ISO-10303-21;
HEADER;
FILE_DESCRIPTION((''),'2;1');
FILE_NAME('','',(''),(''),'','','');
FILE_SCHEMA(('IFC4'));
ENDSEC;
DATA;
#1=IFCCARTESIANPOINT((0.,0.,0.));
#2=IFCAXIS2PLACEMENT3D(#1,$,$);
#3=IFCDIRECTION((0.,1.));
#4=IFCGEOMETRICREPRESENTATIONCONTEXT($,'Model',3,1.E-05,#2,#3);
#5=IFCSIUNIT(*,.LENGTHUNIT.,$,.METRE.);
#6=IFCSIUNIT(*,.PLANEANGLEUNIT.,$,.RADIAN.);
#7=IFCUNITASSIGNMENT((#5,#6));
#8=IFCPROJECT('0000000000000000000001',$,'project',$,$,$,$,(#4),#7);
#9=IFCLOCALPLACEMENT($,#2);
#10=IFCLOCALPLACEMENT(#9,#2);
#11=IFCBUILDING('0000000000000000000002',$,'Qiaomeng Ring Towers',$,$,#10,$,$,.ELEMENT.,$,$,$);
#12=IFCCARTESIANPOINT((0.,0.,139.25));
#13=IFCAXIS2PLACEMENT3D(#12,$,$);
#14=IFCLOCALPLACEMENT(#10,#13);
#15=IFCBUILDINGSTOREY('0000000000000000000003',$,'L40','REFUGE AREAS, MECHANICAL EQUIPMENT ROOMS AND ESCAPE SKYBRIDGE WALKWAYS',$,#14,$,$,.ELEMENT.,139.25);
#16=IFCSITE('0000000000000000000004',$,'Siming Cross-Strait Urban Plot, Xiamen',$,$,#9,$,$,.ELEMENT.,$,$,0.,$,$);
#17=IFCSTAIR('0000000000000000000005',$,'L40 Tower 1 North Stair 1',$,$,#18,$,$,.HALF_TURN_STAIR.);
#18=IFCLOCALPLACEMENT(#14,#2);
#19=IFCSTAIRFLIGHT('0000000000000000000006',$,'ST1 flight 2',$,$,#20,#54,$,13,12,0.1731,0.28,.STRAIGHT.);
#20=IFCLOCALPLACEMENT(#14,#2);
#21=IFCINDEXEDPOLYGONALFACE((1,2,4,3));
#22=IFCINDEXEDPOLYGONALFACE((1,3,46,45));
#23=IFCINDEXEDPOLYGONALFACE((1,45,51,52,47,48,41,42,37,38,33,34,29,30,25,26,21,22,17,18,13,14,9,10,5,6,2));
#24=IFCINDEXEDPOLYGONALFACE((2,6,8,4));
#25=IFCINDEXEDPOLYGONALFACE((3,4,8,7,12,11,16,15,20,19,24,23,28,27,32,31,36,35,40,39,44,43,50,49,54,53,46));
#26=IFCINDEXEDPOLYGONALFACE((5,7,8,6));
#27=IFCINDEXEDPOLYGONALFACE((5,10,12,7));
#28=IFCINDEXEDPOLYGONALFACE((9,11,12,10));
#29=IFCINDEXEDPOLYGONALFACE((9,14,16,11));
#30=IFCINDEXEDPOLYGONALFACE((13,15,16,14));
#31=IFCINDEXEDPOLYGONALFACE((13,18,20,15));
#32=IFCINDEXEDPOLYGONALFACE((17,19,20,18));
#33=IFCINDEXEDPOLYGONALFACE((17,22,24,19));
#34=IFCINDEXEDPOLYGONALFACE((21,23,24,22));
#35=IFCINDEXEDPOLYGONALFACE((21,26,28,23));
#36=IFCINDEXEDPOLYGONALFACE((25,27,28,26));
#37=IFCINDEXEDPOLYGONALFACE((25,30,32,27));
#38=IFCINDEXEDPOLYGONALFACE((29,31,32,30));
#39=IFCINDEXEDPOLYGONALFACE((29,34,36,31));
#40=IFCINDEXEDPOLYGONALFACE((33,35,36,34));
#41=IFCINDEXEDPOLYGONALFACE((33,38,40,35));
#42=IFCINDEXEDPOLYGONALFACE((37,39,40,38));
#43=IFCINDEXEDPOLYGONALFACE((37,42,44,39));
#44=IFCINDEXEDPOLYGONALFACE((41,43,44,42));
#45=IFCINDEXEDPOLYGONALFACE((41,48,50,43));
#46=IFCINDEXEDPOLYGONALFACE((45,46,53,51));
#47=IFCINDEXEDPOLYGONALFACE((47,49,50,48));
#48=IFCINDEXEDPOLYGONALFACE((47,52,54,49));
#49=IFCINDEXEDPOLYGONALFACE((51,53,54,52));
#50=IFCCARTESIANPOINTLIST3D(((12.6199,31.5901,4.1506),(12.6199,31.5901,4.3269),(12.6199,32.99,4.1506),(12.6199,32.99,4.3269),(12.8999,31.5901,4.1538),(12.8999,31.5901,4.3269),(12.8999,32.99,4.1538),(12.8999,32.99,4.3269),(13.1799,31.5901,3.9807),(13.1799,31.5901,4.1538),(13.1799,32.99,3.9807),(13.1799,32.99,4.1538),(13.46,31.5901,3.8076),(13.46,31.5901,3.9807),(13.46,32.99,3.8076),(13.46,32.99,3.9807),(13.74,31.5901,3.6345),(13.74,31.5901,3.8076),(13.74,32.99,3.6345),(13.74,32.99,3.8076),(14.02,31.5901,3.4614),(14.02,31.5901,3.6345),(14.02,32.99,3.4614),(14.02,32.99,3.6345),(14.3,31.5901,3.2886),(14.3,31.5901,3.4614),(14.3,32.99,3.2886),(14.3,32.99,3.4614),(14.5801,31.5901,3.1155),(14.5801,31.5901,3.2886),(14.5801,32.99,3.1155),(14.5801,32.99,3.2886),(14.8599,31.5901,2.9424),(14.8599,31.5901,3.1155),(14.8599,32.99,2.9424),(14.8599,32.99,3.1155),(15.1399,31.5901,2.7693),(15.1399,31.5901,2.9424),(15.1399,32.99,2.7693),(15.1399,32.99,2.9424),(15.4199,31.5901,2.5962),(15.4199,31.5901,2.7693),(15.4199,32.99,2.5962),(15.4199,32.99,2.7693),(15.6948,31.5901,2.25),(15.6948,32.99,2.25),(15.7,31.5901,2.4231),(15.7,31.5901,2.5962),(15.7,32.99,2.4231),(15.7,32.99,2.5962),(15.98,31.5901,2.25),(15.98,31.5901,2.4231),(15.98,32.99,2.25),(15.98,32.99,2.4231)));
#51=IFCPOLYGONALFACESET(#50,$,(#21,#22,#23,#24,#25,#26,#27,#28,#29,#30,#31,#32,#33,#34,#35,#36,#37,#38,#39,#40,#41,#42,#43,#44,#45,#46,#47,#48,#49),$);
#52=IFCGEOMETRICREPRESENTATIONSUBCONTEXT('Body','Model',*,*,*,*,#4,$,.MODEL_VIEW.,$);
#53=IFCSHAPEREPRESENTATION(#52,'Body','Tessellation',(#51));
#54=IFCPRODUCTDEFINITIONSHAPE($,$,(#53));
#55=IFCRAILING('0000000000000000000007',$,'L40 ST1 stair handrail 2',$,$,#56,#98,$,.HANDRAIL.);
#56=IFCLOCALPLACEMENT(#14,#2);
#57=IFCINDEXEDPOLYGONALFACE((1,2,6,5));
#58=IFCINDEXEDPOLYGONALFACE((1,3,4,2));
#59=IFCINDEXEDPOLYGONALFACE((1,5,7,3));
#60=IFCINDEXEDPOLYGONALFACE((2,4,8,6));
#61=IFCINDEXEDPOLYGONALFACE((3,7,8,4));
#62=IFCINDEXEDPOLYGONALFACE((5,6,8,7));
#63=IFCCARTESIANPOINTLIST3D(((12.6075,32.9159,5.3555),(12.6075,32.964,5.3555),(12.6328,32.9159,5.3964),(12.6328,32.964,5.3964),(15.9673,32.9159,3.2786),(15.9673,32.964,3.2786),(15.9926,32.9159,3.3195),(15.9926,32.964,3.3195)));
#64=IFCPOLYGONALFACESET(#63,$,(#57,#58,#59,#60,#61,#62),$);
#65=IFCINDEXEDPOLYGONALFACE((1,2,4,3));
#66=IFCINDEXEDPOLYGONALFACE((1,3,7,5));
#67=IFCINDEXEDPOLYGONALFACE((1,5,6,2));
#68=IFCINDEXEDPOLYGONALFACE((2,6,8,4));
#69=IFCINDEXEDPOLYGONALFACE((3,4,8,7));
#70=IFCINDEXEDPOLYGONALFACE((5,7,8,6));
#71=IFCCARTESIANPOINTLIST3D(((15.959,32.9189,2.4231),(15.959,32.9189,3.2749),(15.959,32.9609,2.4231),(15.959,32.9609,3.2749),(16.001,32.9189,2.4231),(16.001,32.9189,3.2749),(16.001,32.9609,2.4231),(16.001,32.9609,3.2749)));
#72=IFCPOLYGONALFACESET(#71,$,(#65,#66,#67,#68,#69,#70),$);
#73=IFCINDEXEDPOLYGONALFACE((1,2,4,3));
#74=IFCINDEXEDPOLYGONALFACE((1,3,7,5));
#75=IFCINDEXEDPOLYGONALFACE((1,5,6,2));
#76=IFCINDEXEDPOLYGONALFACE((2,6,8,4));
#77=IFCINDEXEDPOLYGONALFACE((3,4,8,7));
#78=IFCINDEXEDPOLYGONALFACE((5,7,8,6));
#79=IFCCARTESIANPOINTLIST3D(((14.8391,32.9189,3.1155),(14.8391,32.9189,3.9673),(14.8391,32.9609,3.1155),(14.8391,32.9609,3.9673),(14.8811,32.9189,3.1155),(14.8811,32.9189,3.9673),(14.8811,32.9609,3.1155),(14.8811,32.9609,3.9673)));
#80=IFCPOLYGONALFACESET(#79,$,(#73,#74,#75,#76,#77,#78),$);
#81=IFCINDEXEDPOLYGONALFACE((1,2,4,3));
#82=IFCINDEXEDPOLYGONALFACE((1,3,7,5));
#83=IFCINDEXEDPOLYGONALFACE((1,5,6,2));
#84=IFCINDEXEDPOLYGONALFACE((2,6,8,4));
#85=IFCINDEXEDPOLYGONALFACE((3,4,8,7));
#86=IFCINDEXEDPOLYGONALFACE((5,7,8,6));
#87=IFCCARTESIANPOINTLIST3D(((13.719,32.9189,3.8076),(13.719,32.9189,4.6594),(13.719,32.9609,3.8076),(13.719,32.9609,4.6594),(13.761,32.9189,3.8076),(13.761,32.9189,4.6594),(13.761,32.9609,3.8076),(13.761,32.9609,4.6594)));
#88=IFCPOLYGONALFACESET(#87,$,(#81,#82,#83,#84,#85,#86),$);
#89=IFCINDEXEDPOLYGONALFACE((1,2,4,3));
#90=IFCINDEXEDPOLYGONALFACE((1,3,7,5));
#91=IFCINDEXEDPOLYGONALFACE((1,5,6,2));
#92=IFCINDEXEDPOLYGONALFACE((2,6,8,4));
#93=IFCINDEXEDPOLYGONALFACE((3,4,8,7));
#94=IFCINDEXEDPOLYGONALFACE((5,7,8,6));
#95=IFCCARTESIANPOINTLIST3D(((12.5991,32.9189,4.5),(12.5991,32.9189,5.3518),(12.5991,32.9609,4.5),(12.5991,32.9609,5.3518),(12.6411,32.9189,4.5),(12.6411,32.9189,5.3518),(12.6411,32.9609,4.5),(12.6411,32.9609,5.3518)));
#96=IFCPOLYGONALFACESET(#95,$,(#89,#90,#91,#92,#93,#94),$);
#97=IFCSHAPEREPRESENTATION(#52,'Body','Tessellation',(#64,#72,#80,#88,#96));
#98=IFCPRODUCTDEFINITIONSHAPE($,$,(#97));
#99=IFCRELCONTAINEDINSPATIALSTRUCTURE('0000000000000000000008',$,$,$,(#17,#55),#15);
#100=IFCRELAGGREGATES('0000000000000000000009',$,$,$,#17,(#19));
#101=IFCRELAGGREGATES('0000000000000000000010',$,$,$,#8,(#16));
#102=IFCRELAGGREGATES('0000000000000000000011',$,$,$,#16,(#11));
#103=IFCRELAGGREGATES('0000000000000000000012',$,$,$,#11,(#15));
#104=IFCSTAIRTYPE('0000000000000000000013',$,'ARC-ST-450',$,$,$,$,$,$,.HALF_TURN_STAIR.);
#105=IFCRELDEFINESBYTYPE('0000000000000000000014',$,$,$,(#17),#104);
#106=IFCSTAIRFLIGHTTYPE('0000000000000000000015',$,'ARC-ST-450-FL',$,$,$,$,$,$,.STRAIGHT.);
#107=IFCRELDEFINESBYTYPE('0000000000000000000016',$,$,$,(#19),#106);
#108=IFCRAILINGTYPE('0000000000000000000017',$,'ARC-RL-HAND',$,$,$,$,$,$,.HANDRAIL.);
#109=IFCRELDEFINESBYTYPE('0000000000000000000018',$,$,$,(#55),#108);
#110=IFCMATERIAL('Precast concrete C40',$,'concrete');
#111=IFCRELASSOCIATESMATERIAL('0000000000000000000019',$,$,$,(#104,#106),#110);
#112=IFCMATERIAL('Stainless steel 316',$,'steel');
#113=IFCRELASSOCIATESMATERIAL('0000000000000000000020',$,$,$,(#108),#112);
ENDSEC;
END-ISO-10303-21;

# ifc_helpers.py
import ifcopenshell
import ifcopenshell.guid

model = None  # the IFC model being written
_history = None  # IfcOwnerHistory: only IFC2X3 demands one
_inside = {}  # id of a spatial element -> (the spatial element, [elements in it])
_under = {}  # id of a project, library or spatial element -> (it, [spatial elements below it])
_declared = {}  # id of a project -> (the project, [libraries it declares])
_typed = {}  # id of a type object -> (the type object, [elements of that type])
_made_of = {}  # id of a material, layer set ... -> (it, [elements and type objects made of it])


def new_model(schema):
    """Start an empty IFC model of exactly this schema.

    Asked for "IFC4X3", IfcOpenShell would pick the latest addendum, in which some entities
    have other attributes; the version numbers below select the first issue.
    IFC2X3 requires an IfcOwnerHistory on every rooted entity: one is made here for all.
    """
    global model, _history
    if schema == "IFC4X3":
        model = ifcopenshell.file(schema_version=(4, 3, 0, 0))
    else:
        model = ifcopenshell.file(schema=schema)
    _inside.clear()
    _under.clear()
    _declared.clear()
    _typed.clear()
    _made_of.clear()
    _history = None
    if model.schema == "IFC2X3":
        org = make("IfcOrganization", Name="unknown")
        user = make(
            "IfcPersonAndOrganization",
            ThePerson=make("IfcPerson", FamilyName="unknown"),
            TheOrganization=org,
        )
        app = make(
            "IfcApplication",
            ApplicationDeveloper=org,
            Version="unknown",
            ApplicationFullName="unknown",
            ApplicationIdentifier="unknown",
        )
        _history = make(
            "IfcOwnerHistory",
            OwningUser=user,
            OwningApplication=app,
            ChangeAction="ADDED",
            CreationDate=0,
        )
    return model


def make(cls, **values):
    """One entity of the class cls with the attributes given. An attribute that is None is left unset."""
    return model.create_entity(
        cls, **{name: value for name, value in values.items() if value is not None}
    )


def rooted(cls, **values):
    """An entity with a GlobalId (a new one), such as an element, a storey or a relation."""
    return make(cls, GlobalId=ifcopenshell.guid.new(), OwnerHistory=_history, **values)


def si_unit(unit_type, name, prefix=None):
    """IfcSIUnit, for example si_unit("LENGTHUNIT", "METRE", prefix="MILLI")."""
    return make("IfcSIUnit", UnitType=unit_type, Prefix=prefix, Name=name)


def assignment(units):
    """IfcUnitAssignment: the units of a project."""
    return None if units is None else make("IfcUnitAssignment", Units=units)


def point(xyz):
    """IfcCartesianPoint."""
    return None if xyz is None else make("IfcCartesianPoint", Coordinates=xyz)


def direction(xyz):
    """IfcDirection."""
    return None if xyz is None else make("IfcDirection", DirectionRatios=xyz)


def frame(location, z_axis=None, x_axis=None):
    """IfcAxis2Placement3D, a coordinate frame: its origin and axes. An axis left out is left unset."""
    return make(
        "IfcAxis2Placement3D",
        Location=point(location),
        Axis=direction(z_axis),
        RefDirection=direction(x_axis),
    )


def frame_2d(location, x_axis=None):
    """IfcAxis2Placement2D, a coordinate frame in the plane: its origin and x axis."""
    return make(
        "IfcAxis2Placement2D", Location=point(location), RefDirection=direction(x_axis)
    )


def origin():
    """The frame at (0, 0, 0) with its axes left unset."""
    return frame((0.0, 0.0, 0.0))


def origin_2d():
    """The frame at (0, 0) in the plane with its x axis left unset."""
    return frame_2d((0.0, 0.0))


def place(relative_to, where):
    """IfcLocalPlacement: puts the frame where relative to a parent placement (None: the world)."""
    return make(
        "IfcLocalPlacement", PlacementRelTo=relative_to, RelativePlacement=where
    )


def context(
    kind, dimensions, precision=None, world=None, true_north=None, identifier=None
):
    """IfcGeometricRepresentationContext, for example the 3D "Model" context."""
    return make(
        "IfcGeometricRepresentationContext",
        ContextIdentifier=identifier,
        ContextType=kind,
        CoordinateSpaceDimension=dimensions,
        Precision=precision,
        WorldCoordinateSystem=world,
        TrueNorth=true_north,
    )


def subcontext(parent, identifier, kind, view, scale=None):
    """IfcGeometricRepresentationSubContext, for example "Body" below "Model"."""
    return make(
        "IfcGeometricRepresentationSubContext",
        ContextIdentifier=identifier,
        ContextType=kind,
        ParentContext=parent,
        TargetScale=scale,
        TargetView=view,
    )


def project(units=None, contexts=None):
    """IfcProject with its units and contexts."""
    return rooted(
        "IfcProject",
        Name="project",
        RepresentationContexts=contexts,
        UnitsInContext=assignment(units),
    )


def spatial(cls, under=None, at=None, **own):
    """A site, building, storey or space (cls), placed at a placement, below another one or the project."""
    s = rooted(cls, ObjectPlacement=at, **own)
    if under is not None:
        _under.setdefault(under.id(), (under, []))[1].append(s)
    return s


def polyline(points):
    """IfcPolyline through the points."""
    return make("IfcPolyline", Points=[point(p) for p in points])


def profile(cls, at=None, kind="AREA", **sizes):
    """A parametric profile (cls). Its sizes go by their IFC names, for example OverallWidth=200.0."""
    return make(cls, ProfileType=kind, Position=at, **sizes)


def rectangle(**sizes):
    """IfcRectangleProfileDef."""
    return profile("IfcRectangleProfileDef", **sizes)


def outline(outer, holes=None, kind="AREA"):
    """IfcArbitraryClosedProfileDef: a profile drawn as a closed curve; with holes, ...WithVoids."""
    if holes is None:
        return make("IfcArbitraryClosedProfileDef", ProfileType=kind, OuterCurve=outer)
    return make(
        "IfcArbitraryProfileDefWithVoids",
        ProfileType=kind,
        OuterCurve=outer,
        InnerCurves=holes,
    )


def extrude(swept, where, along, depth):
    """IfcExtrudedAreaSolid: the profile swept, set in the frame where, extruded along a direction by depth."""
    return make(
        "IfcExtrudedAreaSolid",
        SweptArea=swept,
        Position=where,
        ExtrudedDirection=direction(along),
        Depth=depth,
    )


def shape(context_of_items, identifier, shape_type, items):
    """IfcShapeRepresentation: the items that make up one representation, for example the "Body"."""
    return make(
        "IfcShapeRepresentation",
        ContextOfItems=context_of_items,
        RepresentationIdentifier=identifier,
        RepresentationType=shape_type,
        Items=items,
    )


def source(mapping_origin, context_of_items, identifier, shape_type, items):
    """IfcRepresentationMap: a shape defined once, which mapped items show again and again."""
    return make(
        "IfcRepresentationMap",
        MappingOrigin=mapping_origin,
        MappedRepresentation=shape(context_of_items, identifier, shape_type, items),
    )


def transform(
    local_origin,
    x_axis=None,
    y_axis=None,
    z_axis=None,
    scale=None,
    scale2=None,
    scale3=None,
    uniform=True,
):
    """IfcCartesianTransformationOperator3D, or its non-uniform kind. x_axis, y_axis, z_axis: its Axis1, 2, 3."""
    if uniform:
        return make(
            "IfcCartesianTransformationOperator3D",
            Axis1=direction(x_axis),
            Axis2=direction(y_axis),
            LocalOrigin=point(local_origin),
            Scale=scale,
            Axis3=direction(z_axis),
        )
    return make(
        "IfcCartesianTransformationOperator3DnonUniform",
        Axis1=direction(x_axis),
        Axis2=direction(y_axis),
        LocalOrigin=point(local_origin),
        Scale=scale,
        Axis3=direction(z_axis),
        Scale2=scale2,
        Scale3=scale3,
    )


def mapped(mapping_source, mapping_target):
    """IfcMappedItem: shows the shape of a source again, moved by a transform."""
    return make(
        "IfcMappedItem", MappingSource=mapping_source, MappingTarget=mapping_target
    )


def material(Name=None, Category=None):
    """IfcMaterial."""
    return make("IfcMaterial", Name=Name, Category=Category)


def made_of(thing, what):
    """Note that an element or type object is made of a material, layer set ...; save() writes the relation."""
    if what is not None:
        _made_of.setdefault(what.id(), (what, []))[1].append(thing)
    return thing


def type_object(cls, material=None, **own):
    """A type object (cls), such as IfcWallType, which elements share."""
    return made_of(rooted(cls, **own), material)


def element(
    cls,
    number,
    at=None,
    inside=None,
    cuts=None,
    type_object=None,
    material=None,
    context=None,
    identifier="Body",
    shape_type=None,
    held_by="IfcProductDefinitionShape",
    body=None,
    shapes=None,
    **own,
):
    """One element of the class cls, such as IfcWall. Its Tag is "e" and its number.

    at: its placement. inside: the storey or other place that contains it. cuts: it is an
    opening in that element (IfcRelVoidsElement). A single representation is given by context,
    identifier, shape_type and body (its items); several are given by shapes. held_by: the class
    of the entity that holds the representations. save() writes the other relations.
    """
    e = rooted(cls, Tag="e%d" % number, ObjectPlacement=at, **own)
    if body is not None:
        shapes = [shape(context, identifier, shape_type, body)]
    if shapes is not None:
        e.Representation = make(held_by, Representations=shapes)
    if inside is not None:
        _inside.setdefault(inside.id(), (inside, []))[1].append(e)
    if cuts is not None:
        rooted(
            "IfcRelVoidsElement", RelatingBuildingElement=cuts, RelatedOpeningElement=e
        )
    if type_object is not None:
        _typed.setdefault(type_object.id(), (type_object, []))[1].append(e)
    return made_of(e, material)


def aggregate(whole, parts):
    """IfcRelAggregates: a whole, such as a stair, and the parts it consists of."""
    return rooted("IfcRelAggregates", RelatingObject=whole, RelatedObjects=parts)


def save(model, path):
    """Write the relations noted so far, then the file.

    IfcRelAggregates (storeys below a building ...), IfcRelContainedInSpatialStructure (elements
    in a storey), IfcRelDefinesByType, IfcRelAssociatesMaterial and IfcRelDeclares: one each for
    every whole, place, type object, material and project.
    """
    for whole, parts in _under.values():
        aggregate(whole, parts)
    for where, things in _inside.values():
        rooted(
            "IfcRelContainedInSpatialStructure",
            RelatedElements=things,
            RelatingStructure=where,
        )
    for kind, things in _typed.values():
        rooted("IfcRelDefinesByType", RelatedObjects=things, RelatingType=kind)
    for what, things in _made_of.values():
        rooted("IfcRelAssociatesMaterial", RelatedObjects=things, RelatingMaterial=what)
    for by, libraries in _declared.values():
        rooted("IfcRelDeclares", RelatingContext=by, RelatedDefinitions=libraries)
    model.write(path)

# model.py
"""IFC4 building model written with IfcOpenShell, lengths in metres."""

from ifc_helpers import new_model, si_unit, direction, frame, origin, origin_2d, place, context, subcontext, project, spatial, polyline, rectangle, outline, extrude, source, transform, mapped, material, type_object, element, aggregate, save


model = new_model("IFC4")

# Units and contexts
model_context = context("Model", 3, precision=1e-05, world=origin(), true_north=direction((0.0, 1.0)))
body_context = subcontext(model_context, "Body", "Model", "MODEL_VIEW")
ifc_project = project(units=[si_unit("LENGTHUNIT", "METRE"), si_unit("PLANEANGLEUNIT", "RADIAN")], contexts=[model_context])

# Site, building, storey
site_placement = place(None, origin())
site = spatial("IfcSite", under=ifc_project, at=site_placement, Name="Siming Cross-Strait Urban Plot, Xiamen", CompositionType="ELEMENT", RefElevation=0.0)
building_placement = place(site_placement, origin())
building = spatial("IfcBuilding", under=site, at=building_placement, Name="Qiaomeng Ring Towers", CompositionType="ELEMENT")
storey_placement = place(building_placement, frame((0.0, 0.0, 139.25)))
storey = spatial("IfcBuildingStorey", under=building, at=storey_placement, Name="L40", Description="REFUGE AREAS, MECHANICAL EQUIPMENT ROOMS AND ESCAPE SKYBRIDGE WALKWAYS", CompositionType="ELEMENT", Elevation=139.25)

# Shared definitions
ifc_material_1 = material(Name="Stainless steel 316", Category="steel")

# Stair, stair flight
ifc_material_2 = material(Name="Precast concrete C40", Category="concrete")
stair_type = type_object("IfcStairType", Name="ARC-ST-450", PredefinedType="HALF_TURN_STAIR", material=ifc_material_2)
stair_placement = place(storey_placement, origin())
stair = element("IfcStair", 1, at=stair_placement, inside=storey, type_object=stair_type, Name="L40 Tower 1 North Stair 1", PredefinedType="HALF_TURN_STAIR")
stair_flight_type = type_object("IfcStairFlightType", Name="ARC-ST-450-FL", PredefinedType="STRAIGHT", material=ifc_material_2)
shared_shape_1 = source(origin(), body_context, "Body", "SweptSolid", [
    extrude(outline(polyline([(0.0, 0.0), (0.0, 0.1731), (0.28, 0.1731), (0.28, 0.3462), (0.5601, 0.3462), (0.5601, 0.5193), (0.8401, 0.5193), (0.8401, 0.6924), (1.1201, 0.6924), (1.1201, 0.8655), (1.3999, 0.8655), (1.3999, 1.0386), (1.6799, 1.0386), (1.6799, 1.2114), (1.96, 1.2114), (1.96, 1.3845), (2.24, 1.3845), (2.24, 1.5576), (2.52, 1.5576), (2.52, 1.7307), (2.8, 1.7307), (2.8, 1.9038), (3.0801, 1.9038), (3.0801, 2.0769), (3.3601, 2.0769), (3.3601, 2.25), (3.3601, 1.9006), (0.2852, 0.0), (0.0, 0.0)])), frame((0.0, 0.7, 0.0), z_axis=(0.0, -1.0, 0.0), x_axis=(1.0, 0.0, 0.0)), (0.0, 0.0, 1.0), 1.3999),
])
stair_flight_placement = place(storey_placement, frame((15.98, 32.29, 2.25), z_axis=(0.0, 0.0, 1.0), x_axis=(-1.0, 0.0, 0.0)))
stair_flight = element("IfcStairFlight", 2, at=stair_flight_placement, type_object=stair_flight_type, Name="ST1 flight 2", NumberOfRisers=13, NumberOfTreads=12, PredefinedType="STRAIGHT", RiserHeight=0.1731, TreadLength=0.28, context=body_context, shape_type="MappedRepresentation", body=[
    mapped(shared_shape_1, transform((0.0, 0.0, 0.0), x_axis=(1.0, 0.0, 0.0), y_axis=(0.0, 1.0, 0.0), z_axis=(0.0, 0.0, 1.0), scale=1.0)),
])
aggregate(stair, [stair_flight])

# Railing
railing_type = type_object("IfcRailingType", Name="ARC-RL-HAND", PredefinedType="HANDRAIL", material=ifc_material_1)
railing_placement = place(storey_placement, frame((15.98, 32.9399, 2.4231)))
element("IfcRailing", 3, at=railing_placement, inside=storey, type_object=railing_type, Name="L40 ST1 stair handrail 2", PredefinedType="HANDRAIL", context=body_context, shape_type="SweptSolid", body=[
    extrude(rectangle(XDim=0.0481, YDim=0.0481, at=origin_2d()), frame((0.0, 0.0, 0.876), z_axis=(-0.850606, 0.0, 0.525803), x_axis=(0.0, -1.0, 0.0)), (0.0, 0.0, 1.0), 3.95),
    extrude(rectangle(XDim=0.042, YDim=0.042, at=origin_2d()), origin(), (0.0, 0.0, 1.0), 0.8518),
    extrude(rectangle(XDim=0.042, YDim=0.042, at=origin_2d()), frame((-1.1199, 0.0, 0.6924)), (0.0, 0.0, 1.0), 0.8518),
    extrude(rectangle(XDim=0.042, YDim=0.042, at=origin_2d()), frame((-2.24, 0.0, 1.3845)), (0.0, 0.0, 1.0), 0.8518),
    extrude(rectangle(XDim=0.042, YDim=0.042, at=origin_2d()), frame((-3.3599, 0.0, 2.0769)), (0.0, 0.0, 1.0), 0.8518),
])

save(model, "model.ifc")
